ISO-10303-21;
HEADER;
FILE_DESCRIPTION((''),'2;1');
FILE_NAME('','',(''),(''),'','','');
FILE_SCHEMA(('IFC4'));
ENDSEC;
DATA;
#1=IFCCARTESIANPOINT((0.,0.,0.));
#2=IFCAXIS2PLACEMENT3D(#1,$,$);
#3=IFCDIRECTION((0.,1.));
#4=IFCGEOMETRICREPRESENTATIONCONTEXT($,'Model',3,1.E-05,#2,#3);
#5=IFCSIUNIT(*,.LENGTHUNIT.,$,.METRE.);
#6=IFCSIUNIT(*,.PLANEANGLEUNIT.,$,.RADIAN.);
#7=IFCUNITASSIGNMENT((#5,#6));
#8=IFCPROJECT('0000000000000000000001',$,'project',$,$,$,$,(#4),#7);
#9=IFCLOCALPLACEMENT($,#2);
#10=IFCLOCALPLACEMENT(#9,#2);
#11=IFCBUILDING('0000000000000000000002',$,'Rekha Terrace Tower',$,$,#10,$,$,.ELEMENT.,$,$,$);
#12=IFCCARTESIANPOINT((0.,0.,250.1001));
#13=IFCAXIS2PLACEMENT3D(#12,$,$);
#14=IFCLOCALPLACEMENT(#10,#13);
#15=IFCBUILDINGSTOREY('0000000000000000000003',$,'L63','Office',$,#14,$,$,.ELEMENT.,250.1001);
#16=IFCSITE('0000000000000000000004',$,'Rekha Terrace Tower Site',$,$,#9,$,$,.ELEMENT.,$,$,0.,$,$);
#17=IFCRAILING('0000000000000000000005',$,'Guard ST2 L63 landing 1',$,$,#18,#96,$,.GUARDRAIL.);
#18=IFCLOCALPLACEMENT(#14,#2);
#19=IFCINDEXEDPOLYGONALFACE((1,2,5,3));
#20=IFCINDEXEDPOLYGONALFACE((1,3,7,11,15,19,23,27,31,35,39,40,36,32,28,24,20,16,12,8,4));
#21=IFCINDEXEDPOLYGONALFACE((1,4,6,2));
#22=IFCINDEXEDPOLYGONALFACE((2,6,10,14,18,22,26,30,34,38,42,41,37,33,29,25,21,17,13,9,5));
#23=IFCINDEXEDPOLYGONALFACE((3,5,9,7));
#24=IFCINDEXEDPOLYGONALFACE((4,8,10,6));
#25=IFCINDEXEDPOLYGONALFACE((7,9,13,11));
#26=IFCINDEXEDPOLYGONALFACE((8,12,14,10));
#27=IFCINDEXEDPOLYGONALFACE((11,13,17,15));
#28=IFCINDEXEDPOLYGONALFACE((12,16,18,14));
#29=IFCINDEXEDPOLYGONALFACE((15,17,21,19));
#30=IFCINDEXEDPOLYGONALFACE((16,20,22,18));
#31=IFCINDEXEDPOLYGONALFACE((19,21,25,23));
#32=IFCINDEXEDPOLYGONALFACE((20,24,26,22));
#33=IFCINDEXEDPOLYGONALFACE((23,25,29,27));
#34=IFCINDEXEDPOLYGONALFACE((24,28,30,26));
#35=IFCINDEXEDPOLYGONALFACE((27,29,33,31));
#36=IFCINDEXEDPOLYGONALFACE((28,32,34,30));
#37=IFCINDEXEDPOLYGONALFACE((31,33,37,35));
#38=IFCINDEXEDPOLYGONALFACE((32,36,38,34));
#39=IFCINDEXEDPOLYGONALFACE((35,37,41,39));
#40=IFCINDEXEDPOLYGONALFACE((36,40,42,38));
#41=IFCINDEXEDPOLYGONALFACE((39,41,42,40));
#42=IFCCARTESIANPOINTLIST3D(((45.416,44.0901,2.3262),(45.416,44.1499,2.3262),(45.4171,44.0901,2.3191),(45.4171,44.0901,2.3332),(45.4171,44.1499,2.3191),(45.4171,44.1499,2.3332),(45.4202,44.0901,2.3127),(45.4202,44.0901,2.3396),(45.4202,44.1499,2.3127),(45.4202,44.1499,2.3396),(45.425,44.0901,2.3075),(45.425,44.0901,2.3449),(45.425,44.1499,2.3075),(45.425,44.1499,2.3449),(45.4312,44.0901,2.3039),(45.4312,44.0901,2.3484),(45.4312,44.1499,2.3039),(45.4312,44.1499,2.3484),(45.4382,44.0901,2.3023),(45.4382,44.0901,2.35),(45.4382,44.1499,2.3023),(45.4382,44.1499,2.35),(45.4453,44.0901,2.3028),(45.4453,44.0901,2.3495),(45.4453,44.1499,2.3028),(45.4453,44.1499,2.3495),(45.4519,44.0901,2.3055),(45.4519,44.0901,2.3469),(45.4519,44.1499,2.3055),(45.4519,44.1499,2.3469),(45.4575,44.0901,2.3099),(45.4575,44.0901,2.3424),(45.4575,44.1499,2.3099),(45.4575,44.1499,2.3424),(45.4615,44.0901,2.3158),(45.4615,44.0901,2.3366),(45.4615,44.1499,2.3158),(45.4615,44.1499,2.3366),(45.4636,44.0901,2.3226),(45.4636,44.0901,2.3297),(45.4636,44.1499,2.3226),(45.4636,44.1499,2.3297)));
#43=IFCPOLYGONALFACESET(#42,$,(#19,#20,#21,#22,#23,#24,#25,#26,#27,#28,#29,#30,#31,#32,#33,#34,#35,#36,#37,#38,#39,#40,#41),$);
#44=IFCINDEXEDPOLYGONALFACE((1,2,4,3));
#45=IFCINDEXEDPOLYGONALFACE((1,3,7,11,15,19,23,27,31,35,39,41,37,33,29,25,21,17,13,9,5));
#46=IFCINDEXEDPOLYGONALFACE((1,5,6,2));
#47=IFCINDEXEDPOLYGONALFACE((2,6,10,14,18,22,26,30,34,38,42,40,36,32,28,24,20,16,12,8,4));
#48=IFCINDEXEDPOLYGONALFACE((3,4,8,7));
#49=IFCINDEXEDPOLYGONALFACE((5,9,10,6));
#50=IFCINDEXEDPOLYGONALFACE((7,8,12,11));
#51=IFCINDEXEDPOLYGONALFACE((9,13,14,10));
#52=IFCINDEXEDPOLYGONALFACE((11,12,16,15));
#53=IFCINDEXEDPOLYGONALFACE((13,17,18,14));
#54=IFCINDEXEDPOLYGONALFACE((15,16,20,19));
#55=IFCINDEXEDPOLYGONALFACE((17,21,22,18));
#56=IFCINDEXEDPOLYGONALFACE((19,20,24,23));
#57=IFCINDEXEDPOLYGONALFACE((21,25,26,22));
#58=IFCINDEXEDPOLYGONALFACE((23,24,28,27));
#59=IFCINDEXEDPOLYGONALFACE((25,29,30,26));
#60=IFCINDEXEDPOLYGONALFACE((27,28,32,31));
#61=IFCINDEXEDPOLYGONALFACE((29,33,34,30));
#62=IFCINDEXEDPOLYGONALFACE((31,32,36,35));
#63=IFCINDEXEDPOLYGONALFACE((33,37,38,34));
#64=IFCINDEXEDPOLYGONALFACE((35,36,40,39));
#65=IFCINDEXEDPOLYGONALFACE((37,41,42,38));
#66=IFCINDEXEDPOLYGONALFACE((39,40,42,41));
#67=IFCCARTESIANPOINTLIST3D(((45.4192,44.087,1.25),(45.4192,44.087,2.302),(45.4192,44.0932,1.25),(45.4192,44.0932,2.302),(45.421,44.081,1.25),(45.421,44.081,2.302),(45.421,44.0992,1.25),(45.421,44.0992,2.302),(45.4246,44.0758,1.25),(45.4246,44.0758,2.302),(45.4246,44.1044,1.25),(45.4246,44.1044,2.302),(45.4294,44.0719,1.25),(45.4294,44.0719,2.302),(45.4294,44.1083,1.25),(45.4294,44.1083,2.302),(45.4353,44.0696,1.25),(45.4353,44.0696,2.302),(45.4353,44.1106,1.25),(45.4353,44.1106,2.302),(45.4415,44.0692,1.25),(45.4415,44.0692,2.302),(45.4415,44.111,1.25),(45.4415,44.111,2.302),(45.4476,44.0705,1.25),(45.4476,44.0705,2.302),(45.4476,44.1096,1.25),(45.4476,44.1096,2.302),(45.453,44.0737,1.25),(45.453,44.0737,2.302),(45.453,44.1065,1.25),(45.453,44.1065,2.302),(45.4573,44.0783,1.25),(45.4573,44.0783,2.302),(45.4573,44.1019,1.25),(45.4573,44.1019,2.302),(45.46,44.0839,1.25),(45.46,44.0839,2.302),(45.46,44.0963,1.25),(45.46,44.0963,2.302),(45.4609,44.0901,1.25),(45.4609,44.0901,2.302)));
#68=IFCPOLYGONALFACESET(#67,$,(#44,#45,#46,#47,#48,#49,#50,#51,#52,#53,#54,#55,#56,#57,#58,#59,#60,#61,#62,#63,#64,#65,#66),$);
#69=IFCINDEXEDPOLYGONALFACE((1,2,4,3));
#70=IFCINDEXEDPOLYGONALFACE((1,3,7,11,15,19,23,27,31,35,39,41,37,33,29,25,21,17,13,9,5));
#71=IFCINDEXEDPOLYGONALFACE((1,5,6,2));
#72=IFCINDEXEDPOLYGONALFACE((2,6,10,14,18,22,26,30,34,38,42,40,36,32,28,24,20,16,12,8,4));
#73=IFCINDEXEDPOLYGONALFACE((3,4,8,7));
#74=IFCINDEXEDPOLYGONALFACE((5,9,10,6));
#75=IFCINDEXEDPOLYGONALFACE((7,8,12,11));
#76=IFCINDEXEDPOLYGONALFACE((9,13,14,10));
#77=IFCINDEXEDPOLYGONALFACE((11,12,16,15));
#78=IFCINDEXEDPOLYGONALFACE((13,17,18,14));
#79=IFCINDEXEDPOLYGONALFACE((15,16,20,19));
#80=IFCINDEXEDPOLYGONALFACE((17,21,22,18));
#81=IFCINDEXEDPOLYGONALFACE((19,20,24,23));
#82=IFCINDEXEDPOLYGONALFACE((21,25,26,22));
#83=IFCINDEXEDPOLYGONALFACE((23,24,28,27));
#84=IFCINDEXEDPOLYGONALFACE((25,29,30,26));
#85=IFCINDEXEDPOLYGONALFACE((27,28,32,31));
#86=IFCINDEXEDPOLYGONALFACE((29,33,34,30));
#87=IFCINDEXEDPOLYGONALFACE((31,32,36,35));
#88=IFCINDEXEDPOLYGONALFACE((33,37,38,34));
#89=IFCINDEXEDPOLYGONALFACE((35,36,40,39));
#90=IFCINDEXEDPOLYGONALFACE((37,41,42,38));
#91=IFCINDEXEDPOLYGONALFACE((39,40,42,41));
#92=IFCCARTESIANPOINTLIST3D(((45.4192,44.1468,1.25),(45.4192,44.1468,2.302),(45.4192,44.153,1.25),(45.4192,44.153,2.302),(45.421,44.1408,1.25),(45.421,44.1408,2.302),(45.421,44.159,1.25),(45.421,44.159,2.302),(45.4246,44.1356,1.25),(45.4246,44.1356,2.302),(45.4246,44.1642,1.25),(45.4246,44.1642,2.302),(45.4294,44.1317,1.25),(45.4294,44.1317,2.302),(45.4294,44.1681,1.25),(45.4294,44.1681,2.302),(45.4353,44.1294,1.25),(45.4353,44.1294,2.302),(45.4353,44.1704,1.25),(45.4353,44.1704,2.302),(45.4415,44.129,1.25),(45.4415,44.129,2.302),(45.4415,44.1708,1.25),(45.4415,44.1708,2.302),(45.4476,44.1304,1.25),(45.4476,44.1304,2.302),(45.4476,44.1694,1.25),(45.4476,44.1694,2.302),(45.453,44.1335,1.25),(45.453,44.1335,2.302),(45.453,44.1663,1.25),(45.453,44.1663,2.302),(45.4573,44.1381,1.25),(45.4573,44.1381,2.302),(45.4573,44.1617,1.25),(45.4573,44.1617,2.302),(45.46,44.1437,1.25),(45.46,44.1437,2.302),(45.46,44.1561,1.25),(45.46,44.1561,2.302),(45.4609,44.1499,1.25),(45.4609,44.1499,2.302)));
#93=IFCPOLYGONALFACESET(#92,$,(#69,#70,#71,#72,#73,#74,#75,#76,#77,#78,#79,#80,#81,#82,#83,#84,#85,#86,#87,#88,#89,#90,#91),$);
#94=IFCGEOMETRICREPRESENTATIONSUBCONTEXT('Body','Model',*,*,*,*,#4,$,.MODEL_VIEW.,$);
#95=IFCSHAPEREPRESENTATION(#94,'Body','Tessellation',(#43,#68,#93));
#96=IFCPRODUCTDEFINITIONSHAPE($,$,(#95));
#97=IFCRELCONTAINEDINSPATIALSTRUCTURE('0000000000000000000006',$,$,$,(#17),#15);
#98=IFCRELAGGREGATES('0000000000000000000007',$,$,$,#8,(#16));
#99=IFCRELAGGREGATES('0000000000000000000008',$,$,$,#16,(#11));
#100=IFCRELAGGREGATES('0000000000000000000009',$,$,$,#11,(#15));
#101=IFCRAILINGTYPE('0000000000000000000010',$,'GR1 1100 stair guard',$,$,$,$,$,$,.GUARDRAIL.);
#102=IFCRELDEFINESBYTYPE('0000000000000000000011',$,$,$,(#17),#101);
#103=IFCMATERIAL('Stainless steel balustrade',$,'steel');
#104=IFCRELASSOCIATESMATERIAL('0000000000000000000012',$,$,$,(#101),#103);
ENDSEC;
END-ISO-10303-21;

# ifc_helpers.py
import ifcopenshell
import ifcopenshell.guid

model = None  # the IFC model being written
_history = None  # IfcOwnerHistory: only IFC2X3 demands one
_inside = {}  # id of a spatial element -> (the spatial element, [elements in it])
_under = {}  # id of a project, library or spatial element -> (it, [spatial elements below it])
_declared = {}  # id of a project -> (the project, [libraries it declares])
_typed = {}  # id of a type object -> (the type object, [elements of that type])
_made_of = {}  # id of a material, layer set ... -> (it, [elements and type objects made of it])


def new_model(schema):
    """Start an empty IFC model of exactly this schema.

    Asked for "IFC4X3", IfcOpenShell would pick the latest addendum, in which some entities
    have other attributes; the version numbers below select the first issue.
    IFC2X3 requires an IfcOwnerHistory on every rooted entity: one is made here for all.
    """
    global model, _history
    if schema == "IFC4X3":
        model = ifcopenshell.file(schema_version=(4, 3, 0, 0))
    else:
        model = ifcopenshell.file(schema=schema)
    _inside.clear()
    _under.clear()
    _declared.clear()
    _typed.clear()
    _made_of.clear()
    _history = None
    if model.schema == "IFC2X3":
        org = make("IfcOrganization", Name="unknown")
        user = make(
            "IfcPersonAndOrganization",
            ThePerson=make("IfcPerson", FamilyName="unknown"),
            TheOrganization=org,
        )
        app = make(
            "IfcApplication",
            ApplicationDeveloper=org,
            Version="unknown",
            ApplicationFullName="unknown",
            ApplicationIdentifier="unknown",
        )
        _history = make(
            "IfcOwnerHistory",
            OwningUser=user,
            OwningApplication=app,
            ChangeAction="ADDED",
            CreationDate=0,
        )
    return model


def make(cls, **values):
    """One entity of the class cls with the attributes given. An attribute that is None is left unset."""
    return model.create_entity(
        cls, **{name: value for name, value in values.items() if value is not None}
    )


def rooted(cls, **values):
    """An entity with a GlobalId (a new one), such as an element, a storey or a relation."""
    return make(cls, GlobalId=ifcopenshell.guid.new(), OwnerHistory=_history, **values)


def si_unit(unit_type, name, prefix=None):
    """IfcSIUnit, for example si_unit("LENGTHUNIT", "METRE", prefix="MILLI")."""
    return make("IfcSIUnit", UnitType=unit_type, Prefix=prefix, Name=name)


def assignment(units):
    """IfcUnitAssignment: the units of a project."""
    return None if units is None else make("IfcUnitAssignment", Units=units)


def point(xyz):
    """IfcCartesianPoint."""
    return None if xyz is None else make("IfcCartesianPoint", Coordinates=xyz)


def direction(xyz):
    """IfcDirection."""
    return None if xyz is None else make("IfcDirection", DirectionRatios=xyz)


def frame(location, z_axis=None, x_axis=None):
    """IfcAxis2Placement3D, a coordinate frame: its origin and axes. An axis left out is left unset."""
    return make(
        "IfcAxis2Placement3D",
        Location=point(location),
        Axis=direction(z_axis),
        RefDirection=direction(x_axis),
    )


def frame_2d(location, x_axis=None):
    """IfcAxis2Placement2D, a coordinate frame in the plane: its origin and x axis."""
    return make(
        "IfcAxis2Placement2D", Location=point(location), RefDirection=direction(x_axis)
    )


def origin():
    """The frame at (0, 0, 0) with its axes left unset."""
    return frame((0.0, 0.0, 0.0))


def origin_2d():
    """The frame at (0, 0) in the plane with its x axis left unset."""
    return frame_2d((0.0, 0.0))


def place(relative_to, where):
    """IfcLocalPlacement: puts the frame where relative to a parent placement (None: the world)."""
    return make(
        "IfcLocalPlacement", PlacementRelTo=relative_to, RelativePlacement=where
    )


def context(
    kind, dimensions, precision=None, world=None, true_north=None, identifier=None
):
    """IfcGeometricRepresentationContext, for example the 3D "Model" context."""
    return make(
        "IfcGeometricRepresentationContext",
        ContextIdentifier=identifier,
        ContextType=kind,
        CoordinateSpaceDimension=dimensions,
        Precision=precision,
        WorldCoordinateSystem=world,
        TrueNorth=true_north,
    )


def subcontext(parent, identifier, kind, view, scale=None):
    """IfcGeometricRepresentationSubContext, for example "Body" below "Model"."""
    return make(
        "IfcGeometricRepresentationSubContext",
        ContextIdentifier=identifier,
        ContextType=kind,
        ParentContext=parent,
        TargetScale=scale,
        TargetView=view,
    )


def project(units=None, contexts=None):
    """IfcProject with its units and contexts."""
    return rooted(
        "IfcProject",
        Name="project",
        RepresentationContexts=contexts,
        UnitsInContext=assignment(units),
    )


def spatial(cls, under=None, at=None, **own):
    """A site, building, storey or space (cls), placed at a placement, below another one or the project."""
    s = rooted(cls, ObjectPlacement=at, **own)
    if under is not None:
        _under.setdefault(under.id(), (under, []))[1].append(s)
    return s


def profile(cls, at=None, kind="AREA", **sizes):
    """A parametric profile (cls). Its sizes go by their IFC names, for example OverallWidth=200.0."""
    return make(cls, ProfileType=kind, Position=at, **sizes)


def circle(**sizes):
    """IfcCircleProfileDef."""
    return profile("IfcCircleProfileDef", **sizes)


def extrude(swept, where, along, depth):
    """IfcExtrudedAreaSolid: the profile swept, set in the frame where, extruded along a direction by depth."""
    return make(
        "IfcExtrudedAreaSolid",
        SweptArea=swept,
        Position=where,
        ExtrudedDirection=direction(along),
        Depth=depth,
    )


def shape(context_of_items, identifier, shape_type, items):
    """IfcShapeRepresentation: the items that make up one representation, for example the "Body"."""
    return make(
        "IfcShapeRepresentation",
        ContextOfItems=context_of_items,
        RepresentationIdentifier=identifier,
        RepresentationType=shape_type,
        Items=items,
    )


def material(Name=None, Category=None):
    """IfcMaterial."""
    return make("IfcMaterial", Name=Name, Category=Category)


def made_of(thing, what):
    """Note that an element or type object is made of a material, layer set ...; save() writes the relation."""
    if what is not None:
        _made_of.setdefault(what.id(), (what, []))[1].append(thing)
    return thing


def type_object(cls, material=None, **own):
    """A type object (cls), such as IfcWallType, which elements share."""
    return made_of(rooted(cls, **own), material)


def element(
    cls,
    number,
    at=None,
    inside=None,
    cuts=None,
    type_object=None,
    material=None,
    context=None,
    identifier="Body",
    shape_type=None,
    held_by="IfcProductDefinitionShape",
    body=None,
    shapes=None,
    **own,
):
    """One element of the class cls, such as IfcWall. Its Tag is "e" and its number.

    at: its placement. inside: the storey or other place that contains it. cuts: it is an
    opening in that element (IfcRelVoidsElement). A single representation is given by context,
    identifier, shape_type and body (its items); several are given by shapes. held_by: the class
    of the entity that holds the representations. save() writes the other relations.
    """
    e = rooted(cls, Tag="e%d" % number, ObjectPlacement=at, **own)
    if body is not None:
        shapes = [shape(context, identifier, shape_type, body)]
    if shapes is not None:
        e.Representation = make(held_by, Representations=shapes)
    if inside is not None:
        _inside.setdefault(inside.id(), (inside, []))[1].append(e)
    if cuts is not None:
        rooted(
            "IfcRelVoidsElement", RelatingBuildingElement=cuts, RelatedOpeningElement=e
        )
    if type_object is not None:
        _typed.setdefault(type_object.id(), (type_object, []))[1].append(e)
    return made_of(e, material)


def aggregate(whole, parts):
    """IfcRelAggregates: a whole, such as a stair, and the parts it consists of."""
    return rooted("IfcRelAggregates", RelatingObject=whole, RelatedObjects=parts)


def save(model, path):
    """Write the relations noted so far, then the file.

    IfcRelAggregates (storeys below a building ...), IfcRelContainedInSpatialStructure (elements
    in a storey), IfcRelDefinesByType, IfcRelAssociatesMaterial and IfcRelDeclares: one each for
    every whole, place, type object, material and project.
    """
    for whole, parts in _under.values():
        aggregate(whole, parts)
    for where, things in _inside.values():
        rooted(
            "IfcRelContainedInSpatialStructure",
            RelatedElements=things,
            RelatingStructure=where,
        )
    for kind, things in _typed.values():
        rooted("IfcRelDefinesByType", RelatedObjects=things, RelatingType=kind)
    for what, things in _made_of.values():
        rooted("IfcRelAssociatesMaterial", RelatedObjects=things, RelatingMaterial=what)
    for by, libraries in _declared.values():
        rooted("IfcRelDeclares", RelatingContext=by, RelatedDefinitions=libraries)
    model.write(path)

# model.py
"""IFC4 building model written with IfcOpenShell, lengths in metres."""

from ifc_helpers import new_model, si_unit, direction, frame, origin, origin_2d, place, context, subcontext, project, spatial, circle, extrude, material, type_object, element, save


model = new_model("IFC4")

# Units and contexts
model_context = context("Model", 3, precision=1e-05, world=origin(), true_north=direction((0.0, 1.0)))
body_context = subcontext(model_context, "Body", "Model", "MODEL_VIEW")
ifc_project = project(units=[si_unit("LENGTHUNIT", "METRE"), si_unit("PLANEANGLEUNIT", "RADIAN")], contexts=[model_context])

# Site, building, storey
site_placement = place(None, origin())
site = spatial("IfcSite", under=ifc_project, at=site_placement, Name="Rekha Terrace Tower Site", CompositionType="ELEMENT", RefElevation=0.0)
building_placement = place(site_placement, origin())
building = spatial("IfcBuilding", under=site, at=building_placement, Name="Rekha Terrace Tower", CompositionType="ELEMENT")
storey_placement = place(building_placement, frame((0.0, 0.0, 250.1001)))
storey = spatial("IfcBuildingStorey", under=building, at=storey_placement, Name="L63", Description="Office", CompositionType="ELEMENT", Elevation=250.1001)

# Railing
ifc_material_1 = material(Name="Stainless steel balustrade", Category="steel")
railing_type_1 = type_object("IfcRailingType", Name="GR1 1100 stair guard", PredefinedType="GUARDRAIL", material=ifc_material_1)
railing_1_placement = place(storey_placement, frame((45.4399, 44.0901, 1.25)))
element("IfcRailing", 1, at=railing_1_placement, inside=storey, type_object=railing_type_1, Name="Guard ST2 L63 landing 1", PredefinedType="GUARDRAIL", context=body_context, shape_type="SweptSolid", body=[
    extrude(circle(Radius=0.0239, at=origin_2d()), frame((0.0, 0.0, 1.0762), z_axis=(0.0, 1.0, 0.0), x_axis=(-1.0, 0.0, 0.0)), (0.0, 0.0, 1.0), 0.0598),
    extrude(circle(Radius=0.021, at=origin_2d()), origin(), (0.0, 0.0, 1.0), 1.052),
    extrude(circle(Radius=0.021, at=origin_2d()), frame((0.0, 0.0598, 0.0)), (0.0, 0.0, 1.0), 1.052),
])

save(model, "model.ifc")
